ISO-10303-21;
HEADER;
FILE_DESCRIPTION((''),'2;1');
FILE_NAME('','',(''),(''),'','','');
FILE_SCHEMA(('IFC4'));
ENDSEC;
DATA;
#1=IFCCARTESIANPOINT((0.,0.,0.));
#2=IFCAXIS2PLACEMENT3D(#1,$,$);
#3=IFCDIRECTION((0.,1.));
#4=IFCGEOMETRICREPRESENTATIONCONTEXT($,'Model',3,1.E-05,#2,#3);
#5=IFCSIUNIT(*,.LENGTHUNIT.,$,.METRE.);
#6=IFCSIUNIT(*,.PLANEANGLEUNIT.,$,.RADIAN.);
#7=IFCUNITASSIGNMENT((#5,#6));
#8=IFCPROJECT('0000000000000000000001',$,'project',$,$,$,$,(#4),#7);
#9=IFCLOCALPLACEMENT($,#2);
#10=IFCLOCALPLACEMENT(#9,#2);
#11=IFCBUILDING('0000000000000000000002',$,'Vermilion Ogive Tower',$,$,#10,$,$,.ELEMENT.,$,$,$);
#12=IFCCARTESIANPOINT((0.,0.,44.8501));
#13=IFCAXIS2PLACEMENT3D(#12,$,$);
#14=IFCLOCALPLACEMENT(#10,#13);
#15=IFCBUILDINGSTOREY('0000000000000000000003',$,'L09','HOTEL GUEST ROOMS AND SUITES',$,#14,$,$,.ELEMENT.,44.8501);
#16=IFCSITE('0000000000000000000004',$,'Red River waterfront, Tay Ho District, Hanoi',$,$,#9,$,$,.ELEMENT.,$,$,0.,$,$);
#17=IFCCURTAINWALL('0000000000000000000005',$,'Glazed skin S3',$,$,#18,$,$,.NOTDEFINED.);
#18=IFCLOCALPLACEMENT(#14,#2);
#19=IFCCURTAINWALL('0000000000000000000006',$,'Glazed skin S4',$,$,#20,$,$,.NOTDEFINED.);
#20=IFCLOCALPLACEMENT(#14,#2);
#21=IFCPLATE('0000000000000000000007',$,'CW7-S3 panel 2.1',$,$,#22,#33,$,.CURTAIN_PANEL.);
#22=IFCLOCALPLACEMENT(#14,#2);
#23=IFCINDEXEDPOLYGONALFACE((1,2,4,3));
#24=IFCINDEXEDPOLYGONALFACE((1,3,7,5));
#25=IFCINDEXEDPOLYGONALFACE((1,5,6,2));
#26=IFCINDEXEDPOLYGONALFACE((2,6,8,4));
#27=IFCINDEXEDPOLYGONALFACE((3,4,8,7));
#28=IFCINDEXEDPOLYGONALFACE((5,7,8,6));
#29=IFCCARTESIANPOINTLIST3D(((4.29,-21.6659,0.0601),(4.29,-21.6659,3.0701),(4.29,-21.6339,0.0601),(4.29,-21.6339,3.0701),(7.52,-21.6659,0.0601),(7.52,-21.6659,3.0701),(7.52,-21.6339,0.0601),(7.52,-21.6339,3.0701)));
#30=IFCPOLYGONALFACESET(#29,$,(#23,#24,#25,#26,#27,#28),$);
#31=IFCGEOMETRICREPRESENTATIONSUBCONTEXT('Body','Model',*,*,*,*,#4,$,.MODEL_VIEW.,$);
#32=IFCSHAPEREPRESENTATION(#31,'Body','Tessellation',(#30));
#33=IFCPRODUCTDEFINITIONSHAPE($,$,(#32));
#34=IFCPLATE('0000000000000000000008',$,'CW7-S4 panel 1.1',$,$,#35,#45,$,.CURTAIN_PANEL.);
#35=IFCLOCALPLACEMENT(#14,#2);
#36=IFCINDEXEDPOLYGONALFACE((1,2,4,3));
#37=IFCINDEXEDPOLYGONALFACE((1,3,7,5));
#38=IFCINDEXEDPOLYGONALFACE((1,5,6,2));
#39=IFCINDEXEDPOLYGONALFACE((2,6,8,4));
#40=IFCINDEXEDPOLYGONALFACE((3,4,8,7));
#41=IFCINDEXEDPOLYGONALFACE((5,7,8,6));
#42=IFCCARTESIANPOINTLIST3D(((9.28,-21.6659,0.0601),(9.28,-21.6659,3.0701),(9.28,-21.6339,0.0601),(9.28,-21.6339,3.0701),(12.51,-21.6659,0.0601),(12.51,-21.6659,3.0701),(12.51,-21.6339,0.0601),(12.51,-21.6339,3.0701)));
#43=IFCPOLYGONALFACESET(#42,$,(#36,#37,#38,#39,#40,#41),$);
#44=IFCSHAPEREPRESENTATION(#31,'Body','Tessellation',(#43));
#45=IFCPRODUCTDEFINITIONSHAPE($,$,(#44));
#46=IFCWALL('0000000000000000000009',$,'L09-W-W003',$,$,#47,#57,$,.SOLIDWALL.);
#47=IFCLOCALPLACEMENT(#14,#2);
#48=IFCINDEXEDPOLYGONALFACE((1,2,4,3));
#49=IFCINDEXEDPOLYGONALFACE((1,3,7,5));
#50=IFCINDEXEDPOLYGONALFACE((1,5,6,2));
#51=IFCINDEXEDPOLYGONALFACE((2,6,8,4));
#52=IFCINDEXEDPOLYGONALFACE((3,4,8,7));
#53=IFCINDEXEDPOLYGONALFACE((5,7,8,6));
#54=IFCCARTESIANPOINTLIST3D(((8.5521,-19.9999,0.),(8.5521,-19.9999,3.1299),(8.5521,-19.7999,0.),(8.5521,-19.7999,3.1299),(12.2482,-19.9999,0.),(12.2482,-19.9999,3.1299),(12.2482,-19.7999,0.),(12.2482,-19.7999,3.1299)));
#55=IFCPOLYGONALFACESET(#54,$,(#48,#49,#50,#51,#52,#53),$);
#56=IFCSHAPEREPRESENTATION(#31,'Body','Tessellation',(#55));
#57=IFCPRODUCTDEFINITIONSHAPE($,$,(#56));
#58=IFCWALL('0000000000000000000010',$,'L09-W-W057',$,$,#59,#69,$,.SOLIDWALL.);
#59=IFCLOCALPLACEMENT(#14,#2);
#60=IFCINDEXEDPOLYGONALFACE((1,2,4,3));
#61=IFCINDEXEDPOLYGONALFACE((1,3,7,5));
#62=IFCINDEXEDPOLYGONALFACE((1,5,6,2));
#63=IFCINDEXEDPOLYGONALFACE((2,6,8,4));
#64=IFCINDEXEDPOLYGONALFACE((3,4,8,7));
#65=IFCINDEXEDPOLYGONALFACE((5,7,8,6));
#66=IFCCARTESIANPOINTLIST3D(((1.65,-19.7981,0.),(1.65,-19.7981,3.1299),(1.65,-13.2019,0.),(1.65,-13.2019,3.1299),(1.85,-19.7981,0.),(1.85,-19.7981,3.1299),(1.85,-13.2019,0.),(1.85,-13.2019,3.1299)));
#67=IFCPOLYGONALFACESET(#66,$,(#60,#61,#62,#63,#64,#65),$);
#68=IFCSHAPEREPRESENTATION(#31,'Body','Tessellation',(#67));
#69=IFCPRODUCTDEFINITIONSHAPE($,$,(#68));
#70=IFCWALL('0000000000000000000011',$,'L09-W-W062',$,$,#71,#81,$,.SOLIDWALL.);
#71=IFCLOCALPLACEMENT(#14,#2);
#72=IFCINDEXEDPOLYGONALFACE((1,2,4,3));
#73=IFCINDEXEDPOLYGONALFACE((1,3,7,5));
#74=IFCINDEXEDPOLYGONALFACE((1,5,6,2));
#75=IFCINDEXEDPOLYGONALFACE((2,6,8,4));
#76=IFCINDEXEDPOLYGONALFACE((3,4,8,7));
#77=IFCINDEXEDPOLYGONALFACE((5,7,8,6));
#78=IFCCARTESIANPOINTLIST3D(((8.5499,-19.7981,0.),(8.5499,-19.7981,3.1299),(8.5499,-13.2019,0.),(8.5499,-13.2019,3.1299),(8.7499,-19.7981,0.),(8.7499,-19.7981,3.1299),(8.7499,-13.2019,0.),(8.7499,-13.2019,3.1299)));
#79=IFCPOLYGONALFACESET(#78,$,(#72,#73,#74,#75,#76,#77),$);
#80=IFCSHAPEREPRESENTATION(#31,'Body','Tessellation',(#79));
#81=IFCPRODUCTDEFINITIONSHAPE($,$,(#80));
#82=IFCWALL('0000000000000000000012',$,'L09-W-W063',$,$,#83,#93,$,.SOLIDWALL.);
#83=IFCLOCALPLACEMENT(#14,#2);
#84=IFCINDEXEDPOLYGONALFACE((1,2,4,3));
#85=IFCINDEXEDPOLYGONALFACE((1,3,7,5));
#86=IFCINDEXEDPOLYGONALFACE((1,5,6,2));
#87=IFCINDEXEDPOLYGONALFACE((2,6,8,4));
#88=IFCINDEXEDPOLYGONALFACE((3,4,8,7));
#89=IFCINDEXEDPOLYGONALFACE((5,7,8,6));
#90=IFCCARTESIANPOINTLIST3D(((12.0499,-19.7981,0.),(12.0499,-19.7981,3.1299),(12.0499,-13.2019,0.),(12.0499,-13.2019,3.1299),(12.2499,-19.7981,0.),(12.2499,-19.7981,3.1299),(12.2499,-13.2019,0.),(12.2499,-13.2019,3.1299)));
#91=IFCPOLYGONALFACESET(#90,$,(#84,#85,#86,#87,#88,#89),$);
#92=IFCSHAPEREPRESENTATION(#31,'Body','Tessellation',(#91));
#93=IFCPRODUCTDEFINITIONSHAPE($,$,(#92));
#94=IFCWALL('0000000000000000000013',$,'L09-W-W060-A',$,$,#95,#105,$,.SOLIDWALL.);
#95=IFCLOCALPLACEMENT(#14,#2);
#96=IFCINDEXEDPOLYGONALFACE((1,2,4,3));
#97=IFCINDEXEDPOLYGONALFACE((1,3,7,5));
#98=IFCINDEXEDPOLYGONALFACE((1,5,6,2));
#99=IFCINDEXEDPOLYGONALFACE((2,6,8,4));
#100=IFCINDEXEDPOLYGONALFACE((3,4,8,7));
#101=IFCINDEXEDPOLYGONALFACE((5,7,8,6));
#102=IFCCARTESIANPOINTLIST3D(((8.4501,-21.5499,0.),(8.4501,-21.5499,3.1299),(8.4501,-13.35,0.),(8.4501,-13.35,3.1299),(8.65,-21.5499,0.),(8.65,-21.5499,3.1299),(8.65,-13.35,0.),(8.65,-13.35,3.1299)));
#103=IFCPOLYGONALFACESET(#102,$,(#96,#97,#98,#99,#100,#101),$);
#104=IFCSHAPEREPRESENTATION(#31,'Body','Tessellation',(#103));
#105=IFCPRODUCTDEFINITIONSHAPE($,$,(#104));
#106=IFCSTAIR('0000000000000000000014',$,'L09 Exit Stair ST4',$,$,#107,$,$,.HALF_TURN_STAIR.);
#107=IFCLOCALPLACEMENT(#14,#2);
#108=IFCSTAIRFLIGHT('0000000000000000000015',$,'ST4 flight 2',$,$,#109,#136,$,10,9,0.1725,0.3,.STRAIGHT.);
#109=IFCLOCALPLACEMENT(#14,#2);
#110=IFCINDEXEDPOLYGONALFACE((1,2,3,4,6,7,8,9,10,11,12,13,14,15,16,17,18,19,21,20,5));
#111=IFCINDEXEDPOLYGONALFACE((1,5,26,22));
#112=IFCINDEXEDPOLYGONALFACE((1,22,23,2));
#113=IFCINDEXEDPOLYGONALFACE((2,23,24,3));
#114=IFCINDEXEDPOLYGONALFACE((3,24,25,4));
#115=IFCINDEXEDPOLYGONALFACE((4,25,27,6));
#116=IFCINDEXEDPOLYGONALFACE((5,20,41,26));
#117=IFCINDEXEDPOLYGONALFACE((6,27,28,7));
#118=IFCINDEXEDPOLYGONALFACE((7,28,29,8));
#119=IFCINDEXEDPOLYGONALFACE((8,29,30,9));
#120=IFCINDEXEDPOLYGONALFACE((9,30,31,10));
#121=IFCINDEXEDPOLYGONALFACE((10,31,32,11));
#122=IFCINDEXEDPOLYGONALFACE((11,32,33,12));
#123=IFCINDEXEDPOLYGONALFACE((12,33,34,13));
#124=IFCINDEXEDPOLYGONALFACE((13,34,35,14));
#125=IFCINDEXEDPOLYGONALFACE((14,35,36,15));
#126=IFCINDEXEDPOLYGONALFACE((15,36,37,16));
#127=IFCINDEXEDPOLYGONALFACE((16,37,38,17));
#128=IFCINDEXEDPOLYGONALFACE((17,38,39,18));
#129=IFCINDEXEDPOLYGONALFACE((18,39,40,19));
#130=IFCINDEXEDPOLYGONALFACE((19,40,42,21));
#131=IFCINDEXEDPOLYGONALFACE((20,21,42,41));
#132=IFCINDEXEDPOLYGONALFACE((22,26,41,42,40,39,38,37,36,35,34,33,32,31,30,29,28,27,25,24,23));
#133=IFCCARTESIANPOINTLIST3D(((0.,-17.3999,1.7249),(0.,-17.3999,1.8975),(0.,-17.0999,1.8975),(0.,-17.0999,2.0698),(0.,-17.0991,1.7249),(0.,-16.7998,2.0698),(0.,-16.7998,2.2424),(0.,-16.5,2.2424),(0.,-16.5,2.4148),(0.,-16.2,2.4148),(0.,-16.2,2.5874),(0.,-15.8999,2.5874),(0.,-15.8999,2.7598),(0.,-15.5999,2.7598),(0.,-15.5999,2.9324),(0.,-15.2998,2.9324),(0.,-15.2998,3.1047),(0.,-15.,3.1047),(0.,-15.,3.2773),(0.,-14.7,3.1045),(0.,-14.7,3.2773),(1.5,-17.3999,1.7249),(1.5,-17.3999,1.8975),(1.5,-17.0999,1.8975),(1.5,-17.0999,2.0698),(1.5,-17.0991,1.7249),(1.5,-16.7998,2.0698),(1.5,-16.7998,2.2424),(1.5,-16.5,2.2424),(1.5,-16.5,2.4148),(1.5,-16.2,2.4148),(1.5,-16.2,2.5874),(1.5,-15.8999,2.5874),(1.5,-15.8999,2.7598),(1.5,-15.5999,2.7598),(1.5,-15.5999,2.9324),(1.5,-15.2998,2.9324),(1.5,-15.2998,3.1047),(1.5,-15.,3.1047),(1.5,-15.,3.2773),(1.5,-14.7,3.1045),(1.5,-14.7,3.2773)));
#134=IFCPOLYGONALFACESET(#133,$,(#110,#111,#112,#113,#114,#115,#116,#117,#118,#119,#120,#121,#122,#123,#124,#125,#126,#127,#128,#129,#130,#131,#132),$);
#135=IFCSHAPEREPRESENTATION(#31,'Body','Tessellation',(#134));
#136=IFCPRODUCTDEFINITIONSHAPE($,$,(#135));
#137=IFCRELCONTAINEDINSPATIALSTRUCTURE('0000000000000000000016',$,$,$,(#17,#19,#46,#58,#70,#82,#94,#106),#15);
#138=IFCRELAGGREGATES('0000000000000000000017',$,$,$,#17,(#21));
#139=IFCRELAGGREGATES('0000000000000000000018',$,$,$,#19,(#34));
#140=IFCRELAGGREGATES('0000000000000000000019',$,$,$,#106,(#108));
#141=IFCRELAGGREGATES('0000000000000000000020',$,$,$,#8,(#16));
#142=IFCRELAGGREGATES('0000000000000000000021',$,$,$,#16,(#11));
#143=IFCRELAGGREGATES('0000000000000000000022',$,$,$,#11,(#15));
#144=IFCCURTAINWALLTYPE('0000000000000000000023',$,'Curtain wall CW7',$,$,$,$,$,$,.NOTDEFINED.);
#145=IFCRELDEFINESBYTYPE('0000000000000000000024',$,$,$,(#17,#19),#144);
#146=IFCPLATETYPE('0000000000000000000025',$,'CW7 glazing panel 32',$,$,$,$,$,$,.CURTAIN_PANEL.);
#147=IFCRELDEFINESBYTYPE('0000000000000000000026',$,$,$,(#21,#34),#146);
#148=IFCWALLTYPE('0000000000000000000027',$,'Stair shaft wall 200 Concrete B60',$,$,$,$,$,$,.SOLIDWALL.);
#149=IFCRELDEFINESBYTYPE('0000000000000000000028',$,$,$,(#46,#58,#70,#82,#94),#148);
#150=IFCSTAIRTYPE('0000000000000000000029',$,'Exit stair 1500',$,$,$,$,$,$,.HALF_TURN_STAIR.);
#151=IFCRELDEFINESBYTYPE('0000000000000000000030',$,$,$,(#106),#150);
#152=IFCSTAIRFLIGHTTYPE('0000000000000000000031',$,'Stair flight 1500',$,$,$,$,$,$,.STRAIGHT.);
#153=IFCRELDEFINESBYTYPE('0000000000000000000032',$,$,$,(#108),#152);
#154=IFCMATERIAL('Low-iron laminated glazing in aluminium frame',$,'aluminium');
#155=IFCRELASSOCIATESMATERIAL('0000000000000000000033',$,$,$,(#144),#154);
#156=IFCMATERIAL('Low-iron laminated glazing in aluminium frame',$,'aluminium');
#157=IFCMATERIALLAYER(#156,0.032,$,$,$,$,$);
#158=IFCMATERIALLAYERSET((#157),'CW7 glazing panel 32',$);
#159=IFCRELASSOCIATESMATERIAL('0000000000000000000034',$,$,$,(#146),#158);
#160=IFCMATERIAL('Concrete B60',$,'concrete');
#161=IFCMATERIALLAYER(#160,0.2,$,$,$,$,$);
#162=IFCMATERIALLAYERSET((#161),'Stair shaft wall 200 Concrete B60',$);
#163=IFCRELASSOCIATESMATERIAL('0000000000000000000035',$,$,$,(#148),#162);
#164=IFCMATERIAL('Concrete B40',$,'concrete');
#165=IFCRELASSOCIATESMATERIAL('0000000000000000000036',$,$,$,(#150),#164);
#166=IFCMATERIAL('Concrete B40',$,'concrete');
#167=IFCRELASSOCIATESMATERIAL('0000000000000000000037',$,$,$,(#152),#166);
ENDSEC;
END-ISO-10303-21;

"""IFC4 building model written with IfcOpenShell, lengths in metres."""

from ifc_helpers import new_model, si_unit, direction, frame, frame_2d, origin, origin_2d, place, context, subcontext, project, spatial, polyline, rectangle, outline, extrude, material, layer, layer_set, type_object, element, aggregate, save


model = new_model("IFC4")

# Units and contexts
model_context = context("Model", 3, precision=1e-05, world=origin(), true_north=direction((0.0, 1.0)))
body_context = subcontext(model_context, "Body", "Model", "MODEL_VIEW")
ifc_project = project(units=[si_unit("LENGTHUNIT", "METRE"), si_unit("PLANEANGLEUNIT", "RADIAN")], contexts=[model_context])

# Site, building, storey
site_placement = place(None, origin())
site = spatial("IfcSite", under=ifc_project, at=site_placement, Name="Red River waterfront, Tay Ho District, Hanoi", CompositionType="ELEMENT", RefElevation=0.0)
building_placement = place(site_placement, origin())
building = spatial("IfcBuilding", under=site, at=building_placement, Name="Vermilion Ogive Tower", CompositionType="ELEMENT")
storey_placement = place(building_placement, frame((0.0, 0.0, 44.8501)))
storey = spatial("IfcBuildingStorey", under=building, at=storey_placement, Name="L09", Description="HOTEL GUEST ROOMS AND SUITES", CompositionType="ELEMENT", Elevation=44.8501)

# Curtain wall
ifc_material_1 = material(Name="Low-iron laminated glazing in aluminium frame", Category="aluminium")
curtain_wall_type = type_object("IfcCurtainWallType", Name="Curtain wall CW7", PredefinedType="NOTDEFINED", material=ifc_material_1)
curtain_wall_1_placement = place(storey_placement, origin())
curtain_wall_1 = element("IfcCurtainWall", 1, at=curtain_wall_1_placement, inside=storey, type_object=curtain_wall_type, Name="Glazed skin S3", PredefinedType="NOTDEFINED")

# Curtain wall
curtain_wall_2_placement = place(storey_placement, origin())
curtain_wall_2 = element("IfcCurtainWall", 2, at=curtain_wall_2_placement, inside=storey, type_object=curtain_wall_type, Name="Glazed skin S4", PredefinedType="NOTDEFINED")

# Plates
ifc_material_2 = material(Name="Low-iron laminated glazing in aluminium frame", Category="aluminium")
ifc_layer_1 = layer(ifc_material_2, 0.032)
ifc_layer_set_1 = layer_set([ifc_layer_1], Name="CW7 glazing panel 32")
plate_type = type_object("IfcPlateType", Name="CW7 glazing panel 32", PredefinedType="CURTAIN_PANEL", material=ifc_layer_set_1)
plate_1_placement = place(storey_placement, frame((5.905, -21.6499, 0.0601), z_axis=(0.0, 0.0, 1.0), x_axis=(1.0, 0.0, 0.0)))
plate_1 = element("IfcPlate", 3, at=plate_1_placement, type_object=plate_type, Name="CW7-S3 panel 2.1", PredefinedType="CURTAIN_PANEL", context=body_context, shape_type="SweptSolid", body=[
    extrude(rectangle(XDim=3.23, YDim=0.032, at=origin_2d()), origin(), (0.0, 0.0, 1.0), 3.01),
])
aggregate(curtain_wall_1, [plate_1])
plate_2_placement = place(storey_placement, frame((10.895, -21.6499, 0.0601), z_axis=(0.0, 0.0, 1.0), x_axis=(1.0, 0.0, 0.0)))
plate_2 = element("IfcPlate", 4, at=plate_2_placement, type_object=plate_type, Name="CW7-S4 panel 1.1", PredefinedType="CURTAIN_PANEL", context=body_context, shape_type="SweptSolid", body=[
    extrude(rectangle(XDim=3.23, YDim=0.032, at=origin_2d()), origin(), (0.0, 0.0, 1.0), 3.01),
])
aggregate(curtain_wall_2, [plate_2])

# Walls
ifc_material_3 = material(Name="Concrete B60", Category="concrete")
ifc_layer_2 = layer(ifc_material_3, 0.2)
ifc_layer_set_2 = layer_set([ifc_layer_2], Name="Stair shaft wall 200 Concrete B60")
wall_type = type_object("IfcWallType", Name="Stair shaft wall 200 Concrete B60", PredefinedType="SOLIDWALL", material=ifc_layer_set_2)
wall_1_placement = place(storey_placement, frame((8.552, -19.8999, 0.0), z_axis=(0.0, 0.0, 1.0), x_axis=(1.0, 0.0, 0.0)))
element("IfcWall", 5, at=wall_1_placement, inside=storey, type_object=wall_type, Name="L09-W-W003", PredefinedType="SOLIDWALL", context=body_context, shape_type="SweptSolid", body=[
    extrude(rectangle(XDim=3.696, YDim=0.2, at=frame_2d((1.8481, 0.0))), origin(), (0.0, 0.0, 1.0), 3.1299),
])
for number, where, z_axis, x_axis, name in (
    (6, (1.75, -19.7981, 0.0), (0.0, 0.0, 1.0), (0.0, 1.0, 0.0), "L09-W-W057"),
    (7, (8.6499, -19.7981, 0.0), (0.0, 0.0, 1.0), (0.0, 1.0, 0.0), "L09-W-W062"),
    (8, (12.1499, -19.7981, 0.0), (0.0, 0.0, 1.0), (0.0, 1.0, 0.0), "L09-W-W063"),
):
    element("IfcWall", number, at=place(storey_placement, frame(where, z_axis=z_axis, x_axis=x_axis)), inside=storey, type_object=wall_type, Name=name, PredefinedType="SOLIDWALL", context=body_context, shape_type="SweptSolid", body=[
        extrude(rectangle(XDim=6.5962, YDim=0.2, at=frame_2d((3.2981, 0.0))), origin(), (0.0, 0.0, 1.0), 3.1299),
    ])
wall_2_placement = place(storey_placement, frame((8.55, -21.55, 0.0), z_axis=(0.0, 0.0, 1.0), x_axis=(0.0, 1.0, 0.0)))
element("IfcWall", 9, at=wall_2_placement, inside=storey, type_object=wall_type, Name="L09-W-W060-A", PredefinedType="SOLIDWALL", context=body_context, shape_type="SweptSolid", body=[
    extrude(rectangle(XDim=8.2, YDim=0.2, at=frame_2d((4.1001, 0.0))), origin(), (0.0, 0.0, 1.0), 3.1299),
])

# Stair, stair flight
ifc_material_4 = material(Name="Concrete B40", Category="concrete")
stair_type = type_object("IfcStairType", Name="Exit stair 1500", PredefinedType="HALF_TURN_STAIR", material=ifc_material_4)
stair_placement = place(storey_placement, origin())
stair = element("IfcStair", 10, at=stair_placement, inside=storey, type_object=stair_type, Name="L09 Exit Stair ST4", PredefinedType="HALF_TURN_STAIR")
ifc_material_5 = material(Name="Concrete B40", Category="concrete")
stair_flight_type = type_object("IfcStairFlightType", Name="Stair flight 1500", PredefinedType="STRAIGHT", material=ifc_material_5)
stair_flight_placement = place(storey_placement, frame((0.75, -17.3999, 1.7249), z_axis=(0.0, 0.0, 1.0), x_axis=(0.0, 1.0, 0.0)))
stair_flight = element("IfcStairFlight", 11, at=stair_flight_placement, type_object=stair_flight_type, Name="ST4 flight 2", NumberOfRisers=10, NumberOfTreads=9, PredefinedType="STRAIGHT", RiserHeight=0.1725, TreadLength=0.3, context=body_context, shape_type="SweptSolid", body=[
    extrude(outline(polyline([(0.0, 0.0), (0.0, 0.1726), (0.3, 0.1726), (0.3, 0.345), (0.6001, 0.345), (0.6001, 0.5176), (0.8999, 0.5176), (0.8999, 0.6899), (1.2, 0.6899), (1.2, 0.8625), (1.5, 0.8625), (1.5, 1.0349), (1.8, 1.0349), (1.8, 1.2075), (2.1001, 1.2075), (2.1001, 1.3799), (2.3999, 1.3799), (2.3999, 1.5525), (2.7, 1.5525), (2.7, 1.7251), (2.7, 1.3796), (0.3008, 0.0), (0.0, 0.0)])), frame((0.0, 0.75, 0.0), z_axis=(0.0, -1.0, 0.0), x_axis=(1.0, 0.0, 0.0)), (0.0, 0.0, 1.0), 1.5),
])
aggregate(stair, [stair_flight])

save(model, "model.ifc")
